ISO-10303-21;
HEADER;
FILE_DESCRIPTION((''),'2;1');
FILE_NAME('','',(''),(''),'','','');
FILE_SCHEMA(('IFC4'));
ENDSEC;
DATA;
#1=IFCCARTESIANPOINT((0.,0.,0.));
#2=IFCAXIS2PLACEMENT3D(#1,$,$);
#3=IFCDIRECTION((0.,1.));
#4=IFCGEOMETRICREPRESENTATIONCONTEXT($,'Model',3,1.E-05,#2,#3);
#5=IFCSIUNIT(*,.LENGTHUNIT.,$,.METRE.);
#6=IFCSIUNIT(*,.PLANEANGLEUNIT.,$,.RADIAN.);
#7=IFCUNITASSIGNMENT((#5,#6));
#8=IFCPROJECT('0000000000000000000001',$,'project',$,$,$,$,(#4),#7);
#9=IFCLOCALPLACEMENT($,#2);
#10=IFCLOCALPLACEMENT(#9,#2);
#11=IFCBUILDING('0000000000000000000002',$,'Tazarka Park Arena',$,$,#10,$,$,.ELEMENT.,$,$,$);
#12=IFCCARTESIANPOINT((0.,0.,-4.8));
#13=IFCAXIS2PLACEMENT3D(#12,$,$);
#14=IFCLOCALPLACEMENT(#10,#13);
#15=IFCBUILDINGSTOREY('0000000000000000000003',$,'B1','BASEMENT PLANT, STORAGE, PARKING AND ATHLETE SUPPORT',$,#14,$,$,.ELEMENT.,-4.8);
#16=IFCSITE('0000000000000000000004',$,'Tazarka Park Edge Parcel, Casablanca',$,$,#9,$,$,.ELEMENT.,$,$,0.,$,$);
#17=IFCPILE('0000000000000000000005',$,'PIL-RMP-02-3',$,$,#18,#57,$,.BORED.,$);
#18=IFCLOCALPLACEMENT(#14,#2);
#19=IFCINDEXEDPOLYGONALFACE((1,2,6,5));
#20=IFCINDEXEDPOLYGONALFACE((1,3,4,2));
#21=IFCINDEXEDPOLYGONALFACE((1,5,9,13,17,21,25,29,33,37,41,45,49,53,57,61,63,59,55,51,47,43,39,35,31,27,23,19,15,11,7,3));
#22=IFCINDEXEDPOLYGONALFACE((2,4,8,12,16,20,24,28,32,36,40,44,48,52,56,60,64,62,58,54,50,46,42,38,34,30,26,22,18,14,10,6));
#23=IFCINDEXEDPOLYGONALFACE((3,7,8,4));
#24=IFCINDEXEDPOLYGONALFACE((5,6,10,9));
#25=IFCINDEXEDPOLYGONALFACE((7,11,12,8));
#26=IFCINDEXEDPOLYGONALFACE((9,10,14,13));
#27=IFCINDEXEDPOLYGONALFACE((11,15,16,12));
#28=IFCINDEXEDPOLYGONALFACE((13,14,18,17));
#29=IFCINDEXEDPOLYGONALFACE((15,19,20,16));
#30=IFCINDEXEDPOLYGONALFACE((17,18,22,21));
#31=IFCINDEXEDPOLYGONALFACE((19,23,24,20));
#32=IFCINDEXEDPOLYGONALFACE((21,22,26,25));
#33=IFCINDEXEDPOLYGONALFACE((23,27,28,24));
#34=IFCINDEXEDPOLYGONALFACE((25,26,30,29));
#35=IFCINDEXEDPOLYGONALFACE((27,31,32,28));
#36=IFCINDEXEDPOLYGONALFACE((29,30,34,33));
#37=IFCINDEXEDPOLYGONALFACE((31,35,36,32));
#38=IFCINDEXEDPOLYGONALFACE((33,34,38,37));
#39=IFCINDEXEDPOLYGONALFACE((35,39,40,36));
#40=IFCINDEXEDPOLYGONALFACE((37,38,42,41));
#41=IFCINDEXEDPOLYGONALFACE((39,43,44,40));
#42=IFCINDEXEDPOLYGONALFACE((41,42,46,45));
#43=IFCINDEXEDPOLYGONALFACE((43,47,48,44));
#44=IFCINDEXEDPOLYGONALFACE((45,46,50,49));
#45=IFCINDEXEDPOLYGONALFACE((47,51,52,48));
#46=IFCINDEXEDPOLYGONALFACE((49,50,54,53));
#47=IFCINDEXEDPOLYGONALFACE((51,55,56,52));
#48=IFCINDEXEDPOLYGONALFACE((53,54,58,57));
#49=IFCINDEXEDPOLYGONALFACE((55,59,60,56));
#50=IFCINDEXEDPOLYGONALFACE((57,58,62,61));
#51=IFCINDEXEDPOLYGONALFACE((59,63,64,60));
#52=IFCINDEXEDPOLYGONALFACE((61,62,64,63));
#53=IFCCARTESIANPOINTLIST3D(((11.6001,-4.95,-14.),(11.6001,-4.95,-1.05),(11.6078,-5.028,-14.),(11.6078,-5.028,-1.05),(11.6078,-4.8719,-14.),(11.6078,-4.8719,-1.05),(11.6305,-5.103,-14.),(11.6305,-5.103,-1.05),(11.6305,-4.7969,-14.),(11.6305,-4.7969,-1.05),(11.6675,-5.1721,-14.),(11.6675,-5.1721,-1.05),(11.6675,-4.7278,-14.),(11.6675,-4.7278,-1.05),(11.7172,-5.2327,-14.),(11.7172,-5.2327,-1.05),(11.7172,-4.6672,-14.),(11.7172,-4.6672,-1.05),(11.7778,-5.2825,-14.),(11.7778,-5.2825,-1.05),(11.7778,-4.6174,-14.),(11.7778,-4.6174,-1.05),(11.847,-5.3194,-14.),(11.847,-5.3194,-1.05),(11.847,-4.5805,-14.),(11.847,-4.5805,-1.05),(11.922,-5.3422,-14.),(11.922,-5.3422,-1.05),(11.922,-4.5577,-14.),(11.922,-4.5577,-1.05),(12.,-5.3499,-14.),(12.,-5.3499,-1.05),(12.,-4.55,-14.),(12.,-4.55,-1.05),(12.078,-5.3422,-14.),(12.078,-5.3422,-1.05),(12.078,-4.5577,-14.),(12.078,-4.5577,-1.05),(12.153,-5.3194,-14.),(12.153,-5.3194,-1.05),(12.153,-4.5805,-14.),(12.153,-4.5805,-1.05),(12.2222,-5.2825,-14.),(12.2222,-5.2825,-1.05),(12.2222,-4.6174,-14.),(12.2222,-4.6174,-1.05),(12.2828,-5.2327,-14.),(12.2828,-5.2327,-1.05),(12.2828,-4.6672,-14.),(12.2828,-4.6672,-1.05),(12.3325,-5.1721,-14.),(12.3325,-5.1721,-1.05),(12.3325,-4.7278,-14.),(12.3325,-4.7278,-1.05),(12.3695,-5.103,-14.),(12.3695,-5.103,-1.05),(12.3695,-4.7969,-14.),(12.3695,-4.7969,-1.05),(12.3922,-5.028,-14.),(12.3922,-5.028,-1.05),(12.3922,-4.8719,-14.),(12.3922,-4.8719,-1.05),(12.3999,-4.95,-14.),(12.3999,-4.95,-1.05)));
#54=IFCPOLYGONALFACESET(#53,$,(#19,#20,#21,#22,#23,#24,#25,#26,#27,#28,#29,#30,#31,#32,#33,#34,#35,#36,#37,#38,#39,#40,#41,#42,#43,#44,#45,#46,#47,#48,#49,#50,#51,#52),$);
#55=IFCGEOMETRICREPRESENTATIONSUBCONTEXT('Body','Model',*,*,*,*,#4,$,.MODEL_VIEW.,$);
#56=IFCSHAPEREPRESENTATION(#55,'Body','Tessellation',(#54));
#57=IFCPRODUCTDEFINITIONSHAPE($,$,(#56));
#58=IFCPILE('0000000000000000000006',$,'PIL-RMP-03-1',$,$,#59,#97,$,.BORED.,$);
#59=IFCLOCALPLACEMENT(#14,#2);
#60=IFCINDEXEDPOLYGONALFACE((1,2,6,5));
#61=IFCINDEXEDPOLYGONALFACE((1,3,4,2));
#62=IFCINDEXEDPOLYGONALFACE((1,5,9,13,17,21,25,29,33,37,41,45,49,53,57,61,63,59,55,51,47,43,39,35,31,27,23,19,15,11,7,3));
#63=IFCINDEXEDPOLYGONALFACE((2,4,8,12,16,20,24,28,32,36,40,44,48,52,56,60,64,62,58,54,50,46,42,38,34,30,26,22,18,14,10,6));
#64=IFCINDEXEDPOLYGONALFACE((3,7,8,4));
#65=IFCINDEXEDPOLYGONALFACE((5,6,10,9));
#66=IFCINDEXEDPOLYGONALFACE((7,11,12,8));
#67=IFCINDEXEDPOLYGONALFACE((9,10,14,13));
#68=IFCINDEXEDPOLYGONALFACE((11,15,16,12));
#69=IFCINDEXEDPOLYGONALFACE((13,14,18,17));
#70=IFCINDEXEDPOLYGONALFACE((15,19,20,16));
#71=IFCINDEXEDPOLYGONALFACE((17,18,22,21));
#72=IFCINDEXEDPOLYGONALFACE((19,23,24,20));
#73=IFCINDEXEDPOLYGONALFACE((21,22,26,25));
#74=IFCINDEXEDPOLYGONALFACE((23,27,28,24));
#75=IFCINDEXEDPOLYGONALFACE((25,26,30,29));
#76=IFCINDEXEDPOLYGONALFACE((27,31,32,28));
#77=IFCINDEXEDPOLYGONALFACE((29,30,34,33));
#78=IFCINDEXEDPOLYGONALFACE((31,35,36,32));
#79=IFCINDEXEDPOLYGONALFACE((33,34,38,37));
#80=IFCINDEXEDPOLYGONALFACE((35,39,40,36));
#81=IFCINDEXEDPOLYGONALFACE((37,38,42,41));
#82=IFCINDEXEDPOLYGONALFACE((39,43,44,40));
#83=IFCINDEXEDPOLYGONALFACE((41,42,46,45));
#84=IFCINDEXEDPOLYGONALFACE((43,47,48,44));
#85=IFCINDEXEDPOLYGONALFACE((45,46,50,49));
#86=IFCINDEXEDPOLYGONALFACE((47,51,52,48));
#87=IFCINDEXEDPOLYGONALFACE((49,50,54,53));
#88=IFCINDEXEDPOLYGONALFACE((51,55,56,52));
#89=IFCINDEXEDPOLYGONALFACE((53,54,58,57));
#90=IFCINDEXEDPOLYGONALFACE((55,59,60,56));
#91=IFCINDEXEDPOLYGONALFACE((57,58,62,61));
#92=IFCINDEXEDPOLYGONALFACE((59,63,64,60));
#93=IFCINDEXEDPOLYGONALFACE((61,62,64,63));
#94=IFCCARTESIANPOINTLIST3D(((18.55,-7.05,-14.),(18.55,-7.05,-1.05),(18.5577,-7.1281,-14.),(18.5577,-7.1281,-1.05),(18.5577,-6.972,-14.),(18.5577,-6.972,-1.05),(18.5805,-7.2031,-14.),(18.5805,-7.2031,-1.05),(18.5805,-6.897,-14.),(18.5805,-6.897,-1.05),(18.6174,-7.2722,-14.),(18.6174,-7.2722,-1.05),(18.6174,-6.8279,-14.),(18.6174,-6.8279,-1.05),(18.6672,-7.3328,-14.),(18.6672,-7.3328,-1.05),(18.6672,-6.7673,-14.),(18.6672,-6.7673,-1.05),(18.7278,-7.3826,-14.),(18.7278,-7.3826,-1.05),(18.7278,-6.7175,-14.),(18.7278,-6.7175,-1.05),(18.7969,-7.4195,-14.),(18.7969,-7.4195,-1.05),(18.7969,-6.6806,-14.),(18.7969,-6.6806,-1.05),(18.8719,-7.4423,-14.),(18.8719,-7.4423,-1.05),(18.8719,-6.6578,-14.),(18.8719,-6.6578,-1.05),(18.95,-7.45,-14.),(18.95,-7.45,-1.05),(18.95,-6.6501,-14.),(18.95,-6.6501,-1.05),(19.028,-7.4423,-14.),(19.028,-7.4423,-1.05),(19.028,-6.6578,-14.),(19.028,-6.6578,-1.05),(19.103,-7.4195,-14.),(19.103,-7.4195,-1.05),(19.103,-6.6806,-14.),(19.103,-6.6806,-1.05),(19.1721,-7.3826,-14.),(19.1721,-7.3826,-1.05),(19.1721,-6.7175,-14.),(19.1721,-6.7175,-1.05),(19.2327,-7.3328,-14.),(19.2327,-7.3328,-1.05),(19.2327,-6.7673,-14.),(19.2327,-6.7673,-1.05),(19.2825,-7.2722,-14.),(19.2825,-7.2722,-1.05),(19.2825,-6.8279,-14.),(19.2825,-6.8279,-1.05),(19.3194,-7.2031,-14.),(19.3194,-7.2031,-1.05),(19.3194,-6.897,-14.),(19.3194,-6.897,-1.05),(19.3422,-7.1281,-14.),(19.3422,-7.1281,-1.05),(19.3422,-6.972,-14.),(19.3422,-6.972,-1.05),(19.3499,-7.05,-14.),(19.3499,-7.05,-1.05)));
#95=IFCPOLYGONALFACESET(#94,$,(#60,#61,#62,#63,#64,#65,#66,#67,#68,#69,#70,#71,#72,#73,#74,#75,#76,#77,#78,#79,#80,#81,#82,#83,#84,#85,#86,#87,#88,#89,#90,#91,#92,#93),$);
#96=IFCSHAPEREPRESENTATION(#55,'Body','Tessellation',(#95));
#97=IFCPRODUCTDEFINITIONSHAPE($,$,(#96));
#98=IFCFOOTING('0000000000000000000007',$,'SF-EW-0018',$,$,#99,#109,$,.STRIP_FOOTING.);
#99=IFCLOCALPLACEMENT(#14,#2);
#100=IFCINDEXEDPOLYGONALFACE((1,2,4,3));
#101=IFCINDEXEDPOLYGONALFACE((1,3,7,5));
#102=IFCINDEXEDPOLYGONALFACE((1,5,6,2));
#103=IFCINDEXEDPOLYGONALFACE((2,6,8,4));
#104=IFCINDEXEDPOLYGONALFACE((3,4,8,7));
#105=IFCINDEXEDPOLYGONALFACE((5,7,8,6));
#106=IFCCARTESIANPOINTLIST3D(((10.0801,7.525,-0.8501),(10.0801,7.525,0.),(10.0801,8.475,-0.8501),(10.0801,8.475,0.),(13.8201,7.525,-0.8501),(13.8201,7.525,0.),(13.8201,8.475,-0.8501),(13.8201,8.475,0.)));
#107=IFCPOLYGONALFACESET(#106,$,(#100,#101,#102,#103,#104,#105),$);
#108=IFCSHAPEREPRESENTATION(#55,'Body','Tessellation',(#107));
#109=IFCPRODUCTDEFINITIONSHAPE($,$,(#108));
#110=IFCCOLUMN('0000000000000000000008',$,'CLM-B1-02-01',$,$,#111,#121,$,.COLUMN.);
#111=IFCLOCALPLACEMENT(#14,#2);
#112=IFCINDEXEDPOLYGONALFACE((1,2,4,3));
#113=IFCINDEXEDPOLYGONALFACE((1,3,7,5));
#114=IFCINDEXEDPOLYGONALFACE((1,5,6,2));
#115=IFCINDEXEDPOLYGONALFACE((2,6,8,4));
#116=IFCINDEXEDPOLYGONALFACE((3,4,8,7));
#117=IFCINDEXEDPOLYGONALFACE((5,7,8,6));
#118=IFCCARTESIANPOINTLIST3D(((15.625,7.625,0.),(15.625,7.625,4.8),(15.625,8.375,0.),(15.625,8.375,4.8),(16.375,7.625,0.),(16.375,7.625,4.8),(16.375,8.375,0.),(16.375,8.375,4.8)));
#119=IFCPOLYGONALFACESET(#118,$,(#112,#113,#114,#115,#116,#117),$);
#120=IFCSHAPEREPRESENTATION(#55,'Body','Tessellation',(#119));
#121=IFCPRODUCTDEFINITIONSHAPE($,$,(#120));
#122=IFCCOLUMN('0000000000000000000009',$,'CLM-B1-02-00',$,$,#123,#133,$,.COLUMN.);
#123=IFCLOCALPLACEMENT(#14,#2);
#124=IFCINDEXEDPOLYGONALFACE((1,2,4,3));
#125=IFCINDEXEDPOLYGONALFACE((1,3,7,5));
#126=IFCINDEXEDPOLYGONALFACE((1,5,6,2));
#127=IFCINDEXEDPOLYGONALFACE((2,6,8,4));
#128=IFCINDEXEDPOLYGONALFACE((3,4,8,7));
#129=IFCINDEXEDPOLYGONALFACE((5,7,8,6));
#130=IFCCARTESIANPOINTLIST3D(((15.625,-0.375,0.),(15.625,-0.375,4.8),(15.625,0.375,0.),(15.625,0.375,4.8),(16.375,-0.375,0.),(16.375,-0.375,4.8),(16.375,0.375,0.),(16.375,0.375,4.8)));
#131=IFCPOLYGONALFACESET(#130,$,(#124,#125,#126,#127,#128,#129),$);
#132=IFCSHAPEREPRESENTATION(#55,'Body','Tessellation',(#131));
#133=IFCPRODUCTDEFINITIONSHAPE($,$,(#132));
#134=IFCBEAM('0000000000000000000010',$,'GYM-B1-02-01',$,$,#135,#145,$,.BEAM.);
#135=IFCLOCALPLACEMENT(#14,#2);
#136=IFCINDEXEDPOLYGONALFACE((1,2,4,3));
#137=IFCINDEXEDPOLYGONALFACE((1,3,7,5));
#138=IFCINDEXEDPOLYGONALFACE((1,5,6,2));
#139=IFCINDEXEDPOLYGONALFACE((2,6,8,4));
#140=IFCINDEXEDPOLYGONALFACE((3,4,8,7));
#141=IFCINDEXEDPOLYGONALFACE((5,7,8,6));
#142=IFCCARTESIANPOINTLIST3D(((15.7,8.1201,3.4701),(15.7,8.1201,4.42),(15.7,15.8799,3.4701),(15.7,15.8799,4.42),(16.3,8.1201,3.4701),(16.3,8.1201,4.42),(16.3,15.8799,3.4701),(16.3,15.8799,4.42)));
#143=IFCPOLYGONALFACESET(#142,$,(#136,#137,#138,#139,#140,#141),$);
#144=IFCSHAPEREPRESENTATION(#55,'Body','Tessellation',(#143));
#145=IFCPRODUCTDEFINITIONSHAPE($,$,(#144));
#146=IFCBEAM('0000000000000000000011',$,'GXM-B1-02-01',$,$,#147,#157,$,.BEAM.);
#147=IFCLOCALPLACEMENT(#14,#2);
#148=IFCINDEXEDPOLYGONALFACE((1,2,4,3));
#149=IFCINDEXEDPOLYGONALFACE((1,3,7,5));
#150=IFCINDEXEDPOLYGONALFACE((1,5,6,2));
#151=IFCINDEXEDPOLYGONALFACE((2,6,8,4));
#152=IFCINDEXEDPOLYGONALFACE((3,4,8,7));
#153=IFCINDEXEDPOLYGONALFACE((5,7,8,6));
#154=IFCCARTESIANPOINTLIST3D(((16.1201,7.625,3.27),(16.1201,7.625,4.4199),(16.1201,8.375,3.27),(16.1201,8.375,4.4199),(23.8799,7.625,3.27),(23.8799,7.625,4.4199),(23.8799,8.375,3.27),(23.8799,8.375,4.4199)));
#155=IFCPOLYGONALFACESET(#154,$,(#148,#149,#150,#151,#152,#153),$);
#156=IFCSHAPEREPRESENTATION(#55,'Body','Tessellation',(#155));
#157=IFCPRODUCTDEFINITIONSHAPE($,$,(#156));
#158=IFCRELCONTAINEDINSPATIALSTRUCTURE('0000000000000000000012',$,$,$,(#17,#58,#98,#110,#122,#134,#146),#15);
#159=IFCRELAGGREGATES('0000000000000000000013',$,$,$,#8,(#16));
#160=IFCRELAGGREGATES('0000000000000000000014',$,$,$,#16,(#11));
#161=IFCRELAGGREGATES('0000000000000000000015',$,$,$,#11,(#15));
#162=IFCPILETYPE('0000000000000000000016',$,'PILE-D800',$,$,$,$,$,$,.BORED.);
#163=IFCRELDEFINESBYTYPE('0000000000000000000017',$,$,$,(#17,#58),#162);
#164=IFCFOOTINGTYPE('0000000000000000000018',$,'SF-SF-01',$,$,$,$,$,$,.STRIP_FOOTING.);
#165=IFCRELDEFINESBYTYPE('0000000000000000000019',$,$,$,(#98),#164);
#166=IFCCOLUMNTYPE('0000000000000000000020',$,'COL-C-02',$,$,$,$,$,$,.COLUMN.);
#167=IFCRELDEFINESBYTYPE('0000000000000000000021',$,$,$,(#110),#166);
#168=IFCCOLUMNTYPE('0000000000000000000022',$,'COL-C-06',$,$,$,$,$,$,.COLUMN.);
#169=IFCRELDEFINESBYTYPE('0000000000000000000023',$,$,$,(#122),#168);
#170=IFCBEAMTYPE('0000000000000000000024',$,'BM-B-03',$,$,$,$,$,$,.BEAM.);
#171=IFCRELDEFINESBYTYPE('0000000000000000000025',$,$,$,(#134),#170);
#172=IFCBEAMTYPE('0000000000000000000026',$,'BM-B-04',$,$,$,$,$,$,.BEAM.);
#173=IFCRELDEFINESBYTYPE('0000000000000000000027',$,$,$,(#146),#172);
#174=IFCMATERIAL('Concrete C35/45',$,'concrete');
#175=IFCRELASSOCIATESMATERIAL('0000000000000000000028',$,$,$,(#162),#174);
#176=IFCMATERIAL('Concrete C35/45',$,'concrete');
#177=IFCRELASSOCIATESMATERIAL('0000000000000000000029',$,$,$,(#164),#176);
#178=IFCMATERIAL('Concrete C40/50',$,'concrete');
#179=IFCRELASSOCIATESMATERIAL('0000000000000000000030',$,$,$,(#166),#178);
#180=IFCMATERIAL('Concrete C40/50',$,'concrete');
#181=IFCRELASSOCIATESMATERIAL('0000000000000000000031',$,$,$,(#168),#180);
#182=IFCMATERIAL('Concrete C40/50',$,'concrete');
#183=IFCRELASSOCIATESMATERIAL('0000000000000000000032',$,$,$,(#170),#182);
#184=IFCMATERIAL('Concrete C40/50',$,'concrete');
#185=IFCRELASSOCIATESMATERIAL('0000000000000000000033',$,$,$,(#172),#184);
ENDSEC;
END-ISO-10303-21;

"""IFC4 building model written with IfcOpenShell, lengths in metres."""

from ifc_helpers import new_model, si_unit, direction, frame, origin, origin_2d, place, context, subcontext, project, spatial, rectangle, circle, extrude, material, material_profile, profile_set, type_object, element, save


model = new_model("IFC4")

# Units and contexts
model_context = context("Model", 3, precision=1e-05, world=origin(), true_north=direction((0.0, 1.0)))
body_context = subcontext(model_context, "Body", "Model", "MODEL_VIEW")
ifc_project = project(units=[si_unit("LENGTHUNIT", "METRE"), si_unit("PLANEANGLEUNIT", "RADIAN")], contexts=[model_context])

# Site, building, storey
site_placement = place(None, origin())
site = spatial("IfcSite", under=ifc_project, at=site_placement, Name="Tazarka Park Edge Parcel, Casablanca", CompositionType="ELEMENT", RefElevation=0.0)
building_placement = place(site_placement, origin())
building = spatial("IfcBuilding", under=site, at=building_placement, Name="Tazarka Park Arena", CompositionType="ELEMENT")
storey_placement = place(building_placement, frame((0.0, 0.0, -4.8)))
storey = spatial("IfcBuildingStorey", under=building, at=storey_placement, Name="B1", Description="BASEMENT PLANT, STORAGE, PARKING AND ATHLETE SUPPORT", CompositionType="ELEMENT", Elevation=-4.8)

# Piles
ifc_material_1 = material(Name="Concrete C35/45", Category="concrete")
ifc_material_profile_1 = material_profile(ifc_material_1, circle(Radius=0.3999, at=origin_2d()), Name="Concrete C35/45")
ifc_profile_set_1 = profile_set([ifc_material_profile_1], Name="Concrete C35/45")
pile_type_1 = type_object("IfcPileType", Name="PILE-D800", PredefinedType="BORED", material=ifc_profile_set_1)
for number, where, z_axis, x_axis, name in (
    (1, (12.0, -4.95, -1.05), (0.0, 0.0, -1.0), (1.0, 0.0, 0.0), "PIL-RMP-02-3"),
    (2, (18.95, -7.05, -1.05), (0.0, 0.0, -1.0), (1.0, 0.0, 0.0), "PIL-RMP-03-1"),
):
    element("IfcPile", number, at=place(storey_placement, frame(where, z_axis=z_axis, x_axis=x_axis)), inside=storey, type_object=pile_type_1, Name=name, PredefinedType="BORED", context=body_context, shape_type="SweptSolid", body=[
        extrude(circle(Radius=0.3999, at=origin_2d()), origin(), (0.0, 0.0, 1.0), 12.95),
    ])

# Footing
ifc_material_2 = material(Name="Concrete C35/45", Category="concrete")
ifc_material_profile_2 = material_profile(ifc_material_2, rectangle(XDim=0.95, YDim=0.8501, at=origin_2d()), Name="Concrete C35/45")
ifc_profile_set_2 = profile_set([ifc_material_profile_2], Name="Concrete C35/45")
footing_type_1 = type_object("IfcFootingType", Name="SF-SF-01", PredefinedType="STRIP_FOOTING", material=ifc_profile_set_2)
footing_1_placement = place(storey_placement, frame((13.8201, 8.0, -0.425), z_axis=(-1.0, 0.0, 0.0), x_axis=(0.0, -1.0, 0.0)))
element("IfcFooting", 3, at=footing_1_placement, inside=storey, type_object=footing_type_1, Name="SF-EW-0018", PredefinedType="STRIP_FOOTING", context=body_context, shape_type="SweptSolid", body=[
    extrude(rectangle(XDim=0.95, YDim=0.8501, at=origin_2d()), origin(), (0.0, 0.0, 1.0), 3.74),
])

# Columns
ifc_material_3 = material(Name="Concrete C40/50", Category="concrete")
ifc_material_profile_3 = material_profile(ifc_material_3, rectangle(XDim=0.75, YDim=0.75, at=origin_2d()), Name="Concrete C40/50")
ifc_profile_set_3 = profile_set([ifc_material_profile_3], Name="Concrete C40/50")
column_type_1 = type_object("IfcColumnType", Name="COL-C-02", PredefinedType="COLUMN", material=ifc_profile_set_3)
column_1_placement = place(storey_placement, frame((16.0, 8.0, 0.0), z_axis=(0.0, 0.0, 1.0), x_axis=(1.0, 0.0, 0.0)))
element("IfcColumn", 4, at=column_1_placement, inside=storey, type_object=column_type_1, Name="CLM-B1-02-01", PredefinedType="COLUMN", context=body_context, shape_type="SweptSolid", body=[
    extrude(rectangle(XDim=0.75, YDim=0.75, at=origin_2d()), origin(), (0.0, 0.0, 1.0), 4.8),
])
ifc_material_4 = material(Name="Concrete C40/50", Category="concrete")
ifc_material_profile_4 = material_profile(ifc_material_4, rectangle(XDim=0.75, YDim=0.75, at=origin_2d()), Name="Concrete C40/50")
ifc_profile_set_4 = profile_set([ifc_material_profile_4], Name="Concrete C40/50")
column_type_2 = type_object("IfcColumnType", Name="COL-C-06", PredefinedType="COLUMN", material=ifc_profile_set_4)
column_2_placement = place(storey_placement, frame((16.0, 0.0, 0.0), z_axis=(0.0, 0.0, 1.0), x_axis=(1.0, 0.0, 0.0)))
element("IfcColumn", 5, at=column_2_placement, inside=storey, type_object=column_type_2, Name="CLM-B1-02-00", PredefinedType="COLUMN", context=body_context, shape_type="SweptSolid", body=[
    extrude(rectangle(XDim=0.75, YDim=0.75, at=origin_2d()), origin(), (0.0, 0.0, 1.0), 4.8),
])

# Beams
ifc_material_5 = material(Name="Concrete C40/50", Category="concrete")
ifc_material_profile_5 = material_profile(ifc_material_5, rectangle(XDim=0.6001, YDim=0.95, at=origin_2d()), Name="Concrete C40/50")
ifc_profile_set_5 = profile_set([ifc_material_profile_5], Name="Concrete C40/50")
beam_type_1 = type_object("IfcBeamType", Name="BM-B-03", PredefinedType="BEAM", material=ifc_profile_set_5)
beam_1_placement = place(storey_placement, frame((16.0, 8.1201, 3.9451), z_axis=(0.0, 1.0, 0.0), x_axis=(-1.0, 0.0, 0.0)))
element("IfcBeam", 6, at=beam_1_placement, inside=storey, type_object=beam_type_1, Name="GYM-B1-02-01", PredefinedType="BEAM", context=body_context, shape_type="SweptSolid", body=[
    extrude(rectangle(XDim=0.6001, YDim=0.95, at=origin_2d()), origin(), (0.0, 0.0, 1.0), 7.7598),
])
ifc_material_6 = material(Name="Concrete C40/50", Category="concrete")
ifc_material_profile_6 = material_profile(ifc_material_6, rectangle(XDim=0.75, YDim=1.1499, at=origin_2d()), Name="Concrete C40/50")
ifc_profile_set_6 = profile_set([ifc_material_profile_6], Name="Concrete C40/50")
beam_type_2 = type_object("IfcBeamType", Name="BM-B-04", PredefinedType="BEAM", material=ifc_profile_set_6)
beam_2_placement = place(storey_placement, frame((16.1201, 8.0, 3.845), z_axis=(1.0, 0.0, 0.0), x_axis=(0.0, 1.0, 0.0)))
element("IfcBeam", 7, at=beam_2_placement, inside=storey, type_object=beam_type_2, Name="GXM-B1-02-01", PredefinedType="BEAM", context=body_context, shape_type="SweptSolid", body=[
    extrude(rectangle(XDim=0.75, YDim=1.1499, at=origin_2d()), origin(), (0.0, 0.0, 1.0), 7.7598),
])

save(model, "model.ifc")
